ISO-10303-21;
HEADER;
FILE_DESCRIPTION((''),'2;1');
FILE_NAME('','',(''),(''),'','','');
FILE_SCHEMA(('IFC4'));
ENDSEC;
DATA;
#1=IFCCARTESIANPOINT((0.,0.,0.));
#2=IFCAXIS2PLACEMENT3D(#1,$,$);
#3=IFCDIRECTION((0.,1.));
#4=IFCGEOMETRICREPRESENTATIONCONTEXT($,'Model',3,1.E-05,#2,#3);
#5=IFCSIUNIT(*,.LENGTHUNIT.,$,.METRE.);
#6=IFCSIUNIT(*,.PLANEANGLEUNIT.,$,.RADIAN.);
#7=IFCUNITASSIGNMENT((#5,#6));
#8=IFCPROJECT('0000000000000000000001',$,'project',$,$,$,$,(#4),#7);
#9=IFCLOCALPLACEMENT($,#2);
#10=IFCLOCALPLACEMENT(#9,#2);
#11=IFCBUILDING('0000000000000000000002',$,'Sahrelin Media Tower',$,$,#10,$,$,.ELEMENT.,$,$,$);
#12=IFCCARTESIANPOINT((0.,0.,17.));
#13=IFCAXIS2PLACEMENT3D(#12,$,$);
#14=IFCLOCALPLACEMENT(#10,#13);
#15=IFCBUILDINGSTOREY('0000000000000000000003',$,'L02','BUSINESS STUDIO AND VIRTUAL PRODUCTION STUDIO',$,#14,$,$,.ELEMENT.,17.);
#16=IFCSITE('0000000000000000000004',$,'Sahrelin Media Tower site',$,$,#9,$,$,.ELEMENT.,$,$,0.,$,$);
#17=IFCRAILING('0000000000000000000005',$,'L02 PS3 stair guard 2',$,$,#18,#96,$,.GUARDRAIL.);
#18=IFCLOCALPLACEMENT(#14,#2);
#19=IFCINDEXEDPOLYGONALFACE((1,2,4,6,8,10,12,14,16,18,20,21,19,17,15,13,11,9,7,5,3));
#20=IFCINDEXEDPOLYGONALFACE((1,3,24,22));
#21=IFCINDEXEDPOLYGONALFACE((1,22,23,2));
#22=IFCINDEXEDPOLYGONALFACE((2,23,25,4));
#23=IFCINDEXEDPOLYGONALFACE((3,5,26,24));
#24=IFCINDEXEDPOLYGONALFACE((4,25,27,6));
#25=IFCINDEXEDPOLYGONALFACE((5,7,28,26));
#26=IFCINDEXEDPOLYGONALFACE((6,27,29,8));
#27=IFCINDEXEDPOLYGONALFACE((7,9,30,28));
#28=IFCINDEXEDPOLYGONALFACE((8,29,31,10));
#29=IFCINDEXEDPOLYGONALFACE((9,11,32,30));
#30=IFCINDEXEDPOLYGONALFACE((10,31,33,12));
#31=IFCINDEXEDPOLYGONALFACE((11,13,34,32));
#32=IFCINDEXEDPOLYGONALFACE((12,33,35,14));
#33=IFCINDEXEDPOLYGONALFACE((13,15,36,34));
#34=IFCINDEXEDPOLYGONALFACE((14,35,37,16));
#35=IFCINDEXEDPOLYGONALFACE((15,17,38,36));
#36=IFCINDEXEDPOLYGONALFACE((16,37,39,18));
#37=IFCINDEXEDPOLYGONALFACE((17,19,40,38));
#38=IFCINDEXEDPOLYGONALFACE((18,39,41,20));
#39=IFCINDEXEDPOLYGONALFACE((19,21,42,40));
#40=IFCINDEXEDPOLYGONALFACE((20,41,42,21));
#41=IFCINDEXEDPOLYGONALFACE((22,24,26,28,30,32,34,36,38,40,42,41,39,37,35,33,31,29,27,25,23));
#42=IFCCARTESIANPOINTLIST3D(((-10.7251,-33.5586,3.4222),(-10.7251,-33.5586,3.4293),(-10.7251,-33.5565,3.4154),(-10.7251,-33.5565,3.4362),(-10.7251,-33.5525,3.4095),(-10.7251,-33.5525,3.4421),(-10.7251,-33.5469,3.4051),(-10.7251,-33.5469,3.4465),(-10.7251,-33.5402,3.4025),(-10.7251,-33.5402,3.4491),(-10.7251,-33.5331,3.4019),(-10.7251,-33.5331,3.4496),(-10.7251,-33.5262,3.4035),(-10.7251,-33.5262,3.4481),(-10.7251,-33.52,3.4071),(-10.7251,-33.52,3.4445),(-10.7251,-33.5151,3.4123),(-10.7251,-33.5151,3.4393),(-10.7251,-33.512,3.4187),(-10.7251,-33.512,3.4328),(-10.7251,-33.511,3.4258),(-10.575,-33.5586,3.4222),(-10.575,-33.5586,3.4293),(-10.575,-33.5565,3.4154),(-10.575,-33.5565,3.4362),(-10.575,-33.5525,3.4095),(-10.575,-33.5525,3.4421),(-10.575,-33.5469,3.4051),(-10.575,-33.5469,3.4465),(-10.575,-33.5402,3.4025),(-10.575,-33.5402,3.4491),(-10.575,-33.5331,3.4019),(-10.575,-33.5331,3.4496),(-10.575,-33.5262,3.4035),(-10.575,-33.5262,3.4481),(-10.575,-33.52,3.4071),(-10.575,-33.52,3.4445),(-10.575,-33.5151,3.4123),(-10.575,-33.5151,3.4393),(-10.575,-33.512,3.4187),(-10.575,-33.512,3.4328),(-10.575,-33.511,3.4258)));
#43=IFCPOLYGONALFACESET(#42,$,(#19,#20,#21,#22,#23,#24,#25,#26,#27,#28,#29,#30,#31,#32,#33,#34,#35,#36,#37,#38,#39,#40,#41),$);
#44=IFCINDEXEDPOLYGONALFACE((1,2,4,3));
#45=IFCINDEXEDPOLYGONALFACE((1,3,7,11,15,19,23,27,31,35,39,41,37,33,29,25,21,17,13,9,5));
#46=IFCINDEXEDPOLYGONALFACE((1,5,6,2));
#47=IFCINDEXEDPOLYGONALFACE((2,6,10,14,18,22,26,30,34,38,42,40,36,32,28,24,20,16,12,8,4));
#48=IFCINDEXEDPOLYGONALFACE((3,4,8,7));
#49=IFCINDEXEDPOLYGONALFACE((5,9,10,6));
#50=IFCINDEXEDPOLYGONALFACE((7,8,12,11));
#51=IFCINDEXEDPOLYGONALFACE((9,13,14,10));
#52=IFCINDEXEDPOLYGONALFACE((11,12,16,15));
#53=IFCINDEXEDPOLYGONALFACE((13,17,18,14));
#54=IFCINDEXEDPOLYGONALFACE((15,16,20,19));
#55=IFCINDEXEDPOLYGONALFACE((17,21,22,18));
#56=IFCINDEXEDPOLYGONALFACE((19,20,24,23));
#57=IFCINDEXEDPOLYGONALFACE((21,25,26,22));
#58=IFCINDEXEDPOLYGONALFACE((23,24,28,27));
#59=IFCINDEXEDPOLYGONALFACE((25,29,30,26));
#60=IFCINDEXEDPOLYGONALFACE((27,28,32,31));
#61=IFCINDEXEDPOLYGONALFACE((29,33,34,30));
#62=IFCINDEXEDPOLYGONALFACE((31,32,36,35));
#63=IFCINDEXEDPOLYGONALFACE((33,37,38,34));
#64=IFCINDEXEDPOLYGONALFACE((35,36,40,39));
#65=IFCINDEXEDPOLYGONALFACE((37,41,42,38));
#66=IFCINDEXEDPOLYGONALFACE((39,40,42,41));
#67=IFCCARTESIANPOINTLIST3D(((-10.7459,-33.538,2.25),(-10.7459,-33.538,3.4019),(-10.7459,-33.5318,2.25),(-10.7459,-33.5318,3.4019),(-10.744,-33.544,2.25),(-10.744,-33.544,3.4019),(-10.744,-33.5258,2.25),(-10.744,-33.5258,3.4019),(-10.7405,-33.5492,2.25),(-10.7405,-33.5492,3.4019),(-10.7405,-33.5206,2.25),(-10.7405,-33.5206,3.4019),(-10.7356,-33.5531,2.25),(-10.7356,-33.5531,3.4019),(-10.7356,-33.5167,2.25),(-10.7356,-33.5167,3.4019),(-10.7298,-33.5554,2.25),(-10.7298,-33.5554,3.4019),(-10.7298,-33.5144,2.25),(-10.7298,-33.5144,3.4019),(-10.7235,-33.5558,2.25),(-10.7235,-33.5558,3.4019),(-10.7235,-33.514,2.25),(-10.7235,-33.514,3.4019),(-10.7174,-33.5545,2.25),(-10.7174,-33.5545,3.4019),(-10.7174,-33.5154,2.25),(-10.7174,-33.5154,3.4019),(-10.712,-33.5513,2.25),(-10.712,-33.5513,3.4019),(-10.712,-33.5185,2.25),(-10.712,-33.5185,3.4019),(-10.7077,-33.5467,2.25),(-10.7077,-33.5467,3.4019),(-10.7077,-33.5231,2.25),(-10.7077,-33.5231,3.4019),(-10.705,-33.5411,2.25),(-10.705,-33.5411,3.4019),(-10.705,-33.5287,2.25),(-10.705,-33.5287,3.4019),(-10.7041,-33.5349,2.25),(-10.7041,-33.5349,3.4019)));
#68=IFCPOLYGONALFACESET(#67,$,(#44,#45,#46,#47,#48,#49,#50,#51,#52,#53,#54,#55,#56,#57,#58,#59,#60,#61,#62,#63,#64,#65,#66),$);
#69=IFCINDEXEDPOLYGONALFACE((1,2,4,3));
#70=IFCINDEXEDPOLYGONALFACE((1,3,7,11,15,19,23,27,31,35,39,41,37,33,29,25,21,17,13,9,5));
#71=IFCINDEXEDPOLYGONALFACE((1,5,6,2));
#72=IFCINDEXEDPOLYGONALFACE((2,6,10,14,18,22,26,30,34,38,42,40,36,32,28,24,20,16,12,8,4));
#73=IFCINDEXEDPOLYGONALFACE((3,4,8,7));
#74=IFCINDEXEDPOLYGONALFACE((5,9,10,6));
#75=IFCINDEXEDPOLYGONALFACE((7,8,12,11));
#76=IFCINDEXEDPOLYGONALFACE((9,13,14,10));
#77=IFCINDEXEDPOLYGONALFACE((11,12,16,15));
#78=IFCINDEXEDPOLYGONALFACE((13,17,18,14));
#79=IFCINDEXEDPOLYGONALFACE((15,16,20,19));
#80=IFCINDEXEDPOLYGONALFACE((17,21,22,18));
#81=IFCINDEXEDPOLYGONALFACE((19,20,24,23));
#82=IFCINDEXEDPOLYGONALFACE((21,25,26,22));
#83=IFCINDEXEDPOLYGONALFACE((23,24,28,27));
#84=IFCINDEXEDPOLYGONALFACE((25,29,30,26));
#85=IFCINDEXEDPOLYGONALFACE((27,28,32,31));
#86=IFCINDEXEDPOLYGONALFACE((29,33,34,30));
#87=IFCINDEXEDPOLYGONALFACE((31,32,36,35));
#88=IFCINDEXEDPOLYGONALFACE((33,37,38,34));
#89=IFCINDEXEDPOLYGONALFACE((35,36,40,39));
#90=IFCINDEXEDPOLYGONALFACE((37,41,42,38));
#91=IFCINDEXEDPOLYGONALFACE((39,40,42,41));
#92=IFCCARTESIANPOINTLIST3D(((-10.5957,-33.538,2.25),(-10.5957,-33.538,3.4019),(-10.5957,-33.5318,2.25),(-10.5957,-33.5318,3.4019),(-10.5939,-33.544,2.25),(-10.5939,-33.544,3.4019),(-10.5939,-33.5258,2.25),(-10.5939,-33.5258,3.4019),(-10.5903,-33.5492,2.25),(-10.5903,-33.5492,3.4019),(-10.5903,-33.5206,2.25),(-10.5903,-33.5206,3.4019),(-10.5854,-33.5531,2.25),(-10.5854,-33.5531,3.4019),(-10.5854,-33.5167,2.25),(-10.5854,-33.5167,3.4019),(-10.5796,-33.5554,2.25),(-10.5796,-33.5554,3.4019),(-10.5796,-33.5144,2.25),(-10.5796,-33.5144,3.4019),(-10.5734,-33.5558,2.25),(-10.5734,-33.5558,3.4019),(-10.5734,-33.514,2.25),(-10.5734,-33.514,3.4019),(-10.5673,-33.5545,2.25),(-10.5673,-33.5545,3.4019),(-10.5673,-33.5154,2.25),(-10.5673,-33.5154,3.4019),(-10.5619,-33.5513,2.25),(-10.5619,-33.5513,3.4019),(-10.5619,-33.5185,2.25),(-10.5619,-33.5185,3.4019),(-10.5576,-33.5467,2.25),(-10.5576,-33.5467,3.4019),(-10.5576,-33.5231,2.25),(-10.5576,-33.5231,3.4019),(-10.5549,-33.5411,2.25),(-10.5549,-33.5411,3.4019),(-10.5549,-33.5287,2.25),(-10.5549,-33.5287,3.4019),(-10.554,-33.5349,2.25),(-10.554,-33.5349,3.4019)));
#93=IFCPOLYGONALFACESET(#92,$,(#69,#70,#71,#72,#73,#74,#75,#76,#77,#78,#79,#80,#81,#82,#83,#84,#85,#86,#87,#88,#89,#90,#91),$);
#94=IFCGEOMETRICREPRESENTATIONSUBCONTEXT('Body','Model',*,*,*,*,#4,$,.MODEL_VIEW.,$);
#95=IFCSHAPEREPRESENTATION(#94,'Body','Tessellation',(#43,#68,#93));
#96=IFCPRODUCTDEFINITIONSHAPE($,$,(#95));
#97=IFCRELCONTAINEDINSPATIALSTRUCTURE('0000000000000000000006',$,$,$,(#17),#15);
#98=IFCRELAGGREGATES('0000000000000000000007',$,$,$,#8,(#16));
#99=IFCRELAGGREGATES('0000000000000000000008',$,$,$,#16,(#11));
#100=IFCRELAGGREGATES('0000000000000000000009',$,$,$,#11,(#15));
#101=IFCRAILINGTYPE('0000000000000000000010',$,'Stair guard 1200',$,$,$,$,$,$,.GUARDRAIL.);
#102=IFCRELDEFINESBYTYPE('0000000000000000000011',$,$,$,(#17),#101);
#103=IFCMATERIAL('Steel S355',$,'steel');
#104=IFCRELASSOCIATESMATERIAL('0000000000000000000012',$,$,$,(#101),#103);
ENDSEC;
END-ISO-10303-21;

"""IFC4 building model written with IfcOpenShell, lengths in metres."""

from ifc_helpers import new_model, si_unit, direction, frame, origin, origin_2d, place, context, subcontext, project, spatial, circle, extrude, material, type_object, element, save


model = new_model("IFC4")

# Units and contexts
model_context = context("Model", 3, precision=1e-05, world=origin(), true_north=direction((0.0, 1.0)))
body_context = subcontext(model_context, "Body", "Model", "MODEL_VIEW")
ifc_project = project(units=[si_unit("LENGTHUNIT", "METRE"), si_unit("PLANEANGLEUNIT", "RADIAN")], contexts=[model_context])

# Site, building, storey
site_placement = place(None, origin())
site = spatial("IfcSite", under=ifc_project, at=site_placement, Name="Sahrelin Media Tower site", CompositionType="ELEMENT", RefElevation=0.0)
building_placement = place(site_placement, origin())
building = spatial("IfcBuilding", under=site, at=building_placement, Name="Sahrelin Media Tower", CompositionType="ELEMENT")
storey_placement = place(building_placement, frame((0.0, 0.0, 17.0)))
storey = spatial("IfcBuildingStorey", under=building, at=storey_placement, Name="L02", Description="BUSINESS STUDIO AND VIRTUAL PRODUCTION STUDIO", CompositionType="ELEMENT", Elevation=17.0)

# Shared definitions
ifc_material_1 = material(Name="Steel S355", Category="steel")

# Railing
railing_type_1 = type_object("IfcRailingType", Name="Stair guard 1200", PredefinedType="GUARDRAIL", material=ifc_material_1)
railing_1_placement = place(storey_placement, frame((-10.7251, -33.5349, 2.25)))
element("IfcRailing", 1, at=railing_1_placement, inside=storey, type_object=railing_type_1, Name="L02 PS3 stair guard 2", PredefinedType="GUARDRAIL", context=body_context, shape_type="SweptSolid", body=[
    extrude(circle(Radius=0.0239, at=origin_2d()), frame((0.0, 0.0, 1.1758), z_axis=(1.0, 0.0, 0.0), x_axis=(0.0, 1.0, 0.0)), (0.0, 0.0, 1.0), 0.1501),
    extrude(circle(Radius=0.021, at=origin_2d()), origin(), (0.0, 0.0, 1.0), 1.1519),
    extrude(circle(Radius=0.021, at=origin_2d()), frame((0.1501, 0.0, 0.0)), (0.0, 0.0, 1.0), 1.1519),
])

save(model, "model.ifc")
